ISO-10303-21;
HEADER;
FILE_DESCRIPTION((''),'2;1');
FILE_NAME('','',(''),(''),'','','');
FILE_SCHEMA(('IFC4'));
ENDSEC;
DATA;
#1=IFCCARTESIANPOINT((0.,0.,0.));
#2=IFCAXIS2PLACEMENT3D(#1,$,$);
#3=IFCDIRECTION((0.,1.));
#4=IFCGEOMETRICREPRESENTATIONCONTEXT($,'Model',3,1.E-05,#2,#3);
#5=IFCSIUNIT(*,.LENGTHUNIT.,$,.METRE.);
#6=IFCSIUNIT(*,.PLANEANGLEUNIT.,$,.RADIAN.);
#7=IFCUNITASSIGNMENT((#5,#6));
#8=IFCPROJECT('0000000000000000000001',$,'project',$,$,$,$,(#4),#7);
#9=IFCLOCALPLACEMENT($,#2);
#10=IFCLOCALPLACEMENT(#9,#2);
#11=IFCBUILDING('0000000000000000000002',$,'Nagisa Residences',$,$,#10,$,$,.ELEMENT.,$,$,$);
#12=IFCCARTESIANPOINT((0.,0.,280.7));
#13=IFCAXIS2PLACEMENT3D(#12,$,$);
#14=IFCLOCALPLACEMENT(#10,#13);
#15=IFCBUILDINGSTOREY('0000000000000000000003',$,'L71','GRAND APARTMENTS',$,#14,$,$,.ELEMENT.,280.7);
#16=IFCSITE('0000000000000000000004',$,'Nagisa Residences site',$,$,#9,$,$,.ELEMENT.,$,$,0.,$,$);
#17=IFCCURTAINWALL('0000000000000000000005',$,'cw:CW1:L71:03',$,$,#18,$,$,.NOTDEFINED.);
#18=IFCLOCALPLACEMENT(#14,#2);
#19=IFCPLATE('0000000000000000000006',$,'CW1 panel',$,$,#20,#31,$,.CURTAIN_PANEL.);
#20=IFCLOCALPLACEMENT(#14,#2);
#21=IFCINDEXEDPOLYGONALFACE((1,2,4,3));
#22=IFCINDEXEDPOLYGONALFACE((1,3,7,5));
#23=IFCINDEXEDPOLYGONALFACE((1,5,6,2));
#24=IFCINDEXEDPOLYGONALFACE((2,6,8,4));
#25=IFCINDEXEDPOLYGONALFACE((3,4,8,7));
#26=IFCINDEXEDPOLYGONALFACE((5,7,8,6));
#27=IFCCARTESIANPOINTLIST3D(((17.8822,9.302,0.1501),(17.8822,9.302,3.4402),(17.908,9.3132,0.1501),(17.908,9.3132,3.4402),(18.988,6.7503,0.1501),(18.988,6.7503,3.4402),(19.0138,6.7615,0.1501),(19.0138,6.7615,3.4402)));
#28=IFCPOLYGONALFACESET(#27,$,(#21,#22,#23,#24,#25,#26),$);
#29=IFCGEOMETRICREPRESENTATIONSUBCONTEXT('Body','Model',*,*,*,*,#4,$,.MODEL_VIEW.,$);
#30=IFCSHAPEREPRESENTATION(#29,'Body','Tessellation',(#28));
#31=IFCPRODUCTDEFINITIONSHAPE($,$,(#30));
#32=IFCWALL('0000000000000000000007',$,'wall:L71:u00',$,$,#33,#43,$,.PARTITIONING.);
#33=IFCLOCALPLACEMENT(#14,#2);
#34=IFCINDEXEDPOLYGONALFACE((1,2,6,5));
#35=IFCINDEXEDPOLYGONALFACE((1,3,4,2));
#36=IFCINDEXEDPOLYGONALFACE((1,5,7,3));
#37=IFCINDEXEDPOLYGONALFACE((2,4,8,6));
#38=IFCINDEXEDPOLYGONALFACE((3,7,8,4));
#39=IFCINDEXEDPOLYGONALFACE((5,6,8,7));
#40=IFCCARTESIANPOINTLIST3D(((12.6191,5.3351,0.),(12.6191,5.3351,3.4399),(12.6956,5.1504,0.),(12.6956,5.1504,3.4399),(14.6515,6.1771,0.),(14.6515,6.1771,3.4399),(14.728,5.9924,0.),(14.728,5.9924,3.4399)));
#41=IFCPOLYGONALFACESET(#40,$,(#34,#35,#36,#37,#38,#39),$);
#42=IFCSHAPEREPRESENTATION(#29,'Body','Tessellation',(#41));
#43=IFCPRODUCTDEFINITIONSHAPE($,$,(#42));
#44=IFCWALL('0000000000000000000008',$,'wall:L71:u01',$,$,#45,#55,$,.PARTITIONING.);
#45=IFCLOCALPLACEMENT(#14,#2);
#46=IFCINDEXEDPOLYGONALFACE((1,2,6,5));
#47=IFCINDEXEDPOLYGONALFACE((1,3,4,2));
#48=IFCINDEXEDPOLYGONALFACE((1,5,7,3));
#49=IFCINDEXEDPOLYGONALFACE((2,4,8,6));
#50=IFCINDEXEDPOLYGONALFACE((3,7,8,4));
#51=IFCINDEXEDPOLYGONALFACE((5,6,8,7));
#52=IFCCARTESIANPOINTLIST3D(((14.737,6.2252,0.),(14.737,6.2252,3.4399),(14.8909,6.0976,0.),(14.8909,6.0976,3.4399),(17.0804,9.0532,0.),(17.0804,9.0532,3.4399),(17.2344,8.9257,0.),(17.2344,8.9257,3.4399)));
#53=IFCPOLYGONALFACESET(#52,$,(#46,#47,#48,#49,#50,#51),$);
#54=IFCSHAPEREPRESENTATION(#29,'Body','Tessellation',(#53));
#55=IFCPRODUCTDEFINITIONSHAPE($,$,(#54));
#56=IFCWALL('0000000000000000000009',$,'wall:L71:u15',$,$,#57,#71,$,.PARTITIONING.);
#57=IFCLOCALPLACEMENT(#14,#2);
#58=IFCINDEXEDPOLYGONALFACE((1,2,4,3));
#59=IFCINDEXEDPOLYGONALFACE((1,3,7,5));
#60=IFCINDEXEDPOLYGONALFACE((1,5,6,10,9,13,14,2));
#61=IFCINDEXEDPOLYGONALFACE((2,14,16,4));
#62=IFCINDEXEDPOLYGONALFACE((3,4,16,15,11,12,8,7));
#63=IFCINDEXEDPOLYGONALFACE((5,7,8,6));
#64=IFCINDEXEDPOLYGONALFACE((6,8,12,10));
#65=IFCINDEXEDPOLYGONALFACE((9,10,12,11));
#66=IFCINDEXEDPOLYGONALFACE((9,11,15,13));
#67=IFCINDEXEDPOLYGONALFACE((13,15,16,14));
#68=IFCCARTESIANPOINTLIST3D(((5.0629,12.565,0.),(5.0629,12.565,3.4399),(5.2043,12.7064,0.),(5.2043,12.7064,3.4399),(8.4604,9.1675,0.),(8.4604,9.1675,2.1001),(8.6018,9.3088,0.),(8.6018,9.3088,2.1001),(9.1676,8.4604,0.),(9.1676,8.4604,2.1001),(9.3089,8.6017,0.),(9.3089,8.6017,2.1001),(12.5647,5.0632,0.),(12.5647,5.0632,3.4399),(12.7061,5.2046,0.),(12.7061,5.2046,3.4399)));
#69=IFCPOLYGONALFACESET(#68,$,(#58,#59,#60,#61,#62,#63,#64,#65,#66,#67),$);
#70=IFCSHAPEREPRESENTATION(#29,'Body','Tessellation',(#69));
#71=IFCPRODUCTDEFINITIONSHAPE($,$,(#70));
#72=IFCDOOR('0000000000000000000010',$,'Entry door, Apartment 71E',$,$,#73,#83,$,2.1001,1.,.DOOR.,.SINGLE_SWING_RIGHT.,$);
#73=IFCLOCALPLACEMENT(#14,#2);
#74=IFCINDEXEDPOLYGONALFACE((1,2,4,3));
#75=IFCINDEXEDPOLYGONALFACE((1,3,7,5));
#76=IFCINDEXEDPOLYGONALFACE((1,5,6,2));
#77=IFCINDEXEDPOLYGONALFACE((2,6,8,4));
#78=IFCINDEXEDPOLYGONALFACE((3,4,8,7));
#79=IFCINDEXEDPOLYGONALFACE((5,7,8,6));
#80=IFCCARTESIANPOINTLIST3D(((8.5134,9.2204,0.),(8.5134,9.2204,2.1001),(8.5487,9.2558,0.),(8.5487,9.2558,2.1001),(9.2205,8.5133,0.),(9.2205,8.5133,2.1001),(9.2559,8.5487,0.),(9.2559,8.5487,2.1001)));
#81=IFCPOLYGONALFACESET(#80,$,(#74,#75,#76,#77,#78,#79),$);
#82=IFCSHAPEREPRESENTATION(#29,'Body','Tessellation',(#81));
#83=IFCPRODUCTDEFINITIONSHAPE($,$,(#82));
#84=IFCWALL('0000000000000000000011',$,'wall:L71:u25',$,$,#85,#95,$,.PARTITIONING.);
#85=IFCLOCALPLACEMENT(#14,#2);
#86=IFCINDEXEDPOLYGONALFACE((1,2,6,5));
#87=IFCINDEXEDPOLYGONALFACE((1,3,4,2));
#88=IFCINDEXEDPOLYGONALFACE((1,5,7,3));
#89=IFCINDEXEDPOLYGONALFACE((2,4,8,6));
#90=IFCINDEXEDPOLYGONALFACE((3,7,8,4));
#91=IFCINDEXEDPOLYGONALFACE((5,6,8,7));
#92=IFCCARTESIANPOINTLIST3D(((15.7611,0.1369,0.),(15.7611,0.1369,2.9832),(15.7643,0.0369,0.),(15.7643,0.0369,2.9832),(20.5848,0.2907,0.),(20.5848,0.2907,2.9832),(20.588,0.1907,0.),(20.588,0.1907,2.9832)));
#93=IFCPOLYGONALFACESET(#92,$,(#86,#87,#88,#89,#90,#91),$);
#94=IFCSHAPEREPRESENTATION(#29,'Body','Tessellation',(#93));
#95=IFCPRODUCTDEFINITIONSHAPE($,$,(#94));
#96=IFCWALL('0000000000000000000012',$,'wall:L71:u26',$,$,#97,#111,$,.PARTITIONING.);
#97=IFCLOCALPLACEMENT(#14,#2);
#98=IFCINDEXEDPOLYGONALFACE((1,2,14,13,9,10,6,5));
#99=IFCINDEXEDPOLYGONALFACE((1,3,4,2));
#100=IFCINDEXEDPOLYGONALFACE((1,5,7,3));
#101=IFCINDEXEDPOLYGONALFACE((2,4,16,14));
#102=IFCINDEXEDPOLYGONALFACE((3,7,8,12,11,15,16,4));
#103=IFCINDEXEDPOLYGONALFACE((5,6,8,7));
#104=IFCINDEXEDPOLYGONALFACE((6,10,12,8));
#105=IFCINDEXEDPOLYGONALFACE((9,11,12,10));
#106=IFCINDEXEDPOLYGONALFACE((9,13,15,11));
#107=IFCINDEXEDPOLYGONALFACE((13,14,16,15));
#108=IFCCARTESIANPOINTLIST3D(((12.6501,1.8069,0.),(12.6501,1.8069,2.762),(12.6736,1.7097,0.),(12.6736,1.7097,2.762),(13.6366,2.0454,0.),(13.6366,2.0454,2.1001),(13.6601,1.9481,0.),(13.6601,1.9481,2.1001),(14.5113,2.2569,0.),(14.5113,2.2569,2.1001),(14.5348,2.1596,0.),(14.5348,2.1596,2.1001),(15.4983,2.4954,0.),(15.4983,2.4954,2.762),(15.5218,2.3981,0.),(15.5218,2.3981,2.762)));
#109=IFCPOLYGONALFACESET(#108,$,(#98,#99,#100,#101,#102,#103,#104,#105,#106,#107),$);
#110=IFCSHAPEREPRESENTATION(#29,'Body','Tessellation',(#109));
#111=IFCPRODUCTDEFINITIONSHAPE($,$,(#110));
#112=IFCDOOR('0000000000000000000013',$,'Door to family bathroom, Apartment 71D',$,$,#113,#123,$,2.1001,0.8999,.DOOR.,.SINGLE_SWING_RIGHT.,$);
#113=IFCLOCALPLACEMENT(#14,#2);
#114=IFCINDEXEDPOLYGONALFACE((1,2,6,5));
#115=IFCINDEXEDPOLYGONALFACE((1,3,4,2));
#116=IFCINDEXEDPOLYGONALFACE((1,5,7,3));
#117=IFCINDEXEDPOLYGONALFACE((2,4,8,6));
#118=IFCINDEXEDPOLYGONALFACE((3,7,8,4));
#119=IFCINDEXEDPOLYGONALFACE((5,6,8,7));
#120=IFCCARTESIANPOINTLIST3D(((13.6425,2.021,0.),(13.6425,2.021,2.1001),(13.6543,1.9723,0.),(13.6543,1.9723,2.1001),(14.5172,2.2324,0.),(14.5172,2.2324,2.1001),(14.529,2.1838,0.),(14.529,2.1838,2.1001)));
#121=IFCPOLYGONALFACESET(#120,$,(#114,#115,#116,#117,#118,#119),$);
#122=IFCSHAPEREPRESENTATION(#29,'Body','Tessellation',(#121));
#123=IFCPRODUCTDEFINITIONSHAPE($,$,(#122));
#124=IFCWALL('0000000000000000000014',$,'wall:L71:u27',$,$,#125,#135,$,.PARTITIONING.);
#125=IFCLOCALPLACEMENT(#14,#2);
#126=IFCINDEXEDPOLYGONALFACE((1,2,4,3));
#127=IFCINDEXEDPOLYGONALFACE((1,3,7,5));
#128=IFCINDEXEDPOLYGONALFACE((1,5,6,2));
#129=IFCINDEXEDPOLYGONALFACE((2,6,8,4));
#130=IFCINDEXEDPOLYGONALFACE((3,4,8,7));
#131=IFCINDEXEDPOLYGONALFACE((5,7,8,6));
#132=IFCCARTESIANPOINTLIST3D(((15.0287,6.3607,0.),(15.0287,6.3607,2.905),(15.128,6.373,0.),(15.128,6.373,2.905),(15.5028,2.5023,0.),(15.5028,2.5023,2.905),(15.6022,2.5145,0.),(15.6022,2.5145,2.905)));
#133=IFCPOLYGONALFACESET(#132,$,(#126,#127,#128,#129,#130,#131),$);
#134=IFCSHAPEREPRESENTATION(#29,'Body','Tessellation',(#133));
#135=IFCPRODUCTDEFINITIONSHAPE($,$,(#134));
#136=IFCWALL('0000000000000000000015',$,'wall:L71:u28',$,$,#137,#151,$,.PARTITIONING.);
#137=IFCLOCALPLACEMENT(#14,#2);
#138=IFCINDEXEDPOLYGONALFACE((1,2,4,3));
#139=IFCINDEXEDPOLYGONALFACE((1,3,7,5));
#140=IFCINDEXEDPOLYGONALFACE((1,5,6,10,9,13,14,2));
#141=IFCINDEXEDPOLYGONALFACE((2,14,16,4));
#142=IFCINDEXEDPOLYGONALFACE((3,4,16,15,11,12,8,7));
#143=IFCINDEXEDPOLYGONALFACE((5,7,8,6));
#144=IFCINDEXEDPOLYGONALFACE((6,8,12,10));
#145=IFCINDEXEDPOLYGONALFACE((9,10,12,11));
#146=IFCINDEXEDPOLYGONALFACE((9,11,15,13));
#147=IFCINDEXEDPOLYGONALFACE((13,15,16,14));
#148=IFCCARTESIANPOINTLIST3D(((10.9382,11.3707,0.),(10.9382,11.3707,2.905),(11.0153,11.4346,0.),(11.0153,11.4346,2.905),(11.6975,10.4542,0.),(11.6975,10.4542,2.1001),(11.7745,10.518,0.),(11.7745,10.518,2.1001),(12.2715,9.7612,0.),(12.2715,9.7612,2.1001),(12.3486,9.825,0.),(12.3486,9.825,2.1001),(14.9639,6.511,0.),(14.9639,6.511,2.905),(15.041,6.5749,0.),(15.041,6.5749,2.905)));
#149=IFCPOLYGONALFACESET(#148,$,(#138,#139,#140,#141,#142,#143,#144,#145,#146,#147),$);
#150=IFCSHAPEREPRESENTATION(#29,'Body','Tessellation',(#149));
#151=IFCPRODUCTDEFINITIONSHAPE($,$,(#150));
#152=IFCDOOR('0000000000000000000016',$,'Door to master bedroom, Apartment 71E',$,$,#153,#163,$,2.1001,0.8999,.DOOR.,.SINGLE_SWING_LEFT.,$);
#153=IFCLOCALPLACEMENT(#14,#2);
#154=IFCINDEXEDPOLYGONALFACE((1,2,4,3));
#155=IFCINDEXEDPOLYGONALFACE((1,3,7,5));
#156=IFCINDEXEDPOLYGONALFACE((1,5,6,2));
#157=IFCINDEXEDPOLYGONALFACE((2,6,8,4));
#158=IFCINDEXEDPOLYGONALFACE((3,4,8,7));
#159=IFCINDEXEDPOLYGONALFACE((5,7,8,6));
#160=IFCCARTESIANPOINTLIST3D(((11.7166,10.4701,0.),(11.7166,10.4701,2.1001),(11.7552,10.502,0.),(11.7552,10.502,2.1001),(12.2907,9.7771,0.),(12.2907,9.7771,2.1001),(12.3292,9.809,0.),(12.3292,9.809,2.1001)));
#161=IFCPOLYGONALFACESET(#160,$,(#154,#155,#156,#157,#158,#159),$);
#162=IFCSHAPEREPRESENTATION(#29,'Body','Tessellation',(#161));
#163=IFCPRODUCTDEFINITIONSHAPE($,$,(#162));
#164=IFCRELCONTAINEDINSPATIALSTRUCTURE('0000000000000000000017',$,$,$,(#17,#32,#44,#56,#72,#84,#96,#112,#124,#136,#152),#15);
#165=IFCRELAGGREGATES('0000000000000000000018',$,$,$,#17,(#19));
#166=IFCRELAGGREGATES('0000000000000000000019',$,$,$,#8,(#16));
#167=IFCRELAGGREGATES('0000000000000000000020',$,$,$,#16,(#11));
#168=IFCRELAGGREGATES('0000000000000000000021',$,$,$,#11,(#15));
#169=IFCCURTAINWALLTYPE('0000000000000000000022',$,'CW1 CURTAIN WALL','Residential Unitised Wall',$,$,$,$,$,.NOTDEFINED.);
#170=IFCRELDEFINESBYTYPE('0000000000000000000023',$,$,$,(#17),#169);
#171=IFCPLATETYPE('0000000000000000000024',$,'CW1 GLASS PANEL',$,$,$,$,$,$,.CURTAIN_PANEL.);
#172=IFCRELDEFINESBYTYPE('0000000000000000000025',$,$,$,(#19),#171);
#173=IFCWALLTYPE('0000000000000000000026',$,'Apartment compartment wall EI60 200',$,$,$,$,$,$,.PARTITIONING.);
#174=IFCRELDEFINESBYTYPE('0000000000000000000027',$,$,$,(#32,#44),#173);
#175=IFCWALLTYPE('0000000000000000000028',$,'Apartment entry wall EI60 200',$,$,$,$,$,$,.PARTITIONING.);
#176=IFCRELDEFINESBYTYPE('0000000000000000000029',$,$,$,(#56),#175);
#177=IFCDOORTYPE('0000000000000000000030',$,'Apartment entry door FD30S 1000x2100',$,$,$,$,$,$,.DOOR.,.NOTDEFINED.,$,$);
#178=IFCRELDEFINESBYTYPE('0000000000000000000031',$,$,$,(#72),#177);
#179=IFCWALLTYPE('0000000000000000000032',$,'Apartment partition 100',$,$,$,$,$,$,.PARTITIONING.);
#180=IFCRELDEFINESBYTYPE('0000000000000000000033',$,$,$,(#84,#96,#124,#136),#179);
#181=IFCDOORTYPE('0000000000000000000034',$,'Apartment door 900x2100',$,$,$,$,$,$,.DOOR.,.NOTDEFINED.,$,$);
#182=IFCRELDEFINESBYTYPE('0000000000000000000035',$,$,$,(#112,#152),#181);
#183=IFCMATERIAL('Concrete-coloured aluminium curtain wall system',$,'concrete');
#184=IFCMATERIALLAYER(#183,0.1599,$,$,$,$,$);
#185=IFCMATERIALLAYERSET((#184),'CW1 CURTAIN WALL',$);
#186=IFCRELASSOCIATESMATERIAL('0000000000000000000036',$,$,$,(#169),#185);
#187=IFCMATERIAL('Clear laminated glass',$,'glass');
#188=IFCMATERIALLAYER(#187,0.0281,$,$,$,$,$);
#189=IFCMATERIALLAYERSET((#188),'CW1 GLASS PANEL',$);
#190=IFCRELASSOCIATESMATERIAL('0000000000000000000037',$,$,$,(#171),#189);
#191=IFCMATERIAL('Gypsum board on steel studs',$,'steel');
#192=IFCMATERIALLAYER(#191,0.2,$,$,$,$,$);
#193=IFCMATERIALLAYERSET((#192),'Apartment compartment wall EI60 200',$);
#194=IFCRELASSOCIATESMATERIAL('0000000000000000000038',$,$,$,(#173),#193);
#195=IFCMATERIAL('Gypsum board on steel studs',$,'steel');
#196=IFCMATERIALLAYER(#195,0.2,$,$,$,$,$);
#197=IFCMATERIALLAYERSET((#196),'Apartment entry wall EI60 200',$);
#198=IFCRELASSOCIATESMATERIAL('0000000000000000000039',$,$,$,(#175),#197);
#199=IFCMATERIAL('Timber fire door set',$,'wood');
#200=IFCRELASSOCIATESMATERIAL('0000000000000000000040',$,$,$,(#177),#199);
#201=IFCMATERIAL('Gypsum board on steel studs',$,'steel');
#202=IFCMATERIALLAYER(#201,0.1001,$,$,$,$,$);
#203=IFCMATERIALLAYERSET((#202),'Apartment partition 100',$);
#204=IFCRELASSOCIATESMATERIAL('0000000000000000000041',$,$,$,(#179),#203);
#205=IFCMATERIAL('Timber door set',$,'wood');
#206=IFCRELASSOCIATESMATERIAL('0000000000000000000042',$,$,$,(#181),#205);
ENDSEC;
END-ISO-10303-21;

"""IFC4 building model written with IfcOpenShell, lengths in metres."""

from ifc_helpers import new_model, si_unit, direction, frame, frame_2d, origin, origin_2d, place, context, subcontext, project, spatial, rectangle, extrude, material, layer, layer_set, type_object, element, fill, aggregate, save


model = new_model("IFC4")

# Units and contexts
model_context = context("Model", 3, precision=1e-05, world=origin(), true_north=direction((0.0, 1.0)))
body_context = subcontext(model_context, "Body", "Model", "MODEL_VIEW")
ifc_project = project(units=[si_unit("LENGTHUNIT", "METRE"), si_unit("PLANEANGLEUNIT", "RADIAN")], contexts=[model_context])

# Site, building, storey
site_placement = place(None, origin())
site = spatial("IfcSite", under=ifc_project, at=site_placement, Name="Nagisa Residences site", CompositionType="ELEMENT", RefElevation=0.0)
building_placement = place(site_placement, origin())
building = spatial("IfcBuilding", under=site, at=building_placement, Name="Nagisa Residences", CompositionType="ELEMENT")
storey_placement = place(building_placement, frame((0.0, 0.0, 280.7)))
storey = spatial("IfcBuildingStorey", under=building, at=storey_placement, Name="L71", Description="GRAND APARTMENTS", CompositionType="ELEMENT", Elevation=280.7)

# Curtain wall
ifc_material_1 = material(Name="Concrete-coloured aluminium curtain wall system", Category="concrete")
ifc_layer_1 = layer(ifc_material_1, 0.1599)
ifc_layer_set_1 = layer_set([ifc_layer_1], Name="CW1 CURTAIN WALL")
curtain_wall_type = type_object("IfcCurtainWallType", Name="CW1 CURTAIN WALL", Description="Residential Unitised Wall", PredefinedType="NOTDEFINED", material=ifc_layer_set_1)
curtain_wall_1_placement = place(storey_placement, origin())
curtain_wall_1 = element("IfcCurtainWall", 1, at=curtain_wall_1_placement, inside=storey, type_object=curtain_wall_type, Name="cw:CW1:L71:03", PredefinedType="NOTDEFINED")

# Plate
ifc_material_2 = material(Name="Clear laminated glass", Category="glass")
ifc_layer_2 = layer(ifc_material_2, 0.0281)
ifc_layer_set_2 = layer_set([ifc_layer_2], Name="CW1 GLASS PANEL")
plate_type = type_object("IfcPlateType", Name="CW1 GLASS PANEL", PredefinedType="CURTAIN_PANEL", material=ifc_layer_set_2)
plate_1_placement = place(storey_placement, frame((18.448, 8.0317, 0.1501), z_axis=(0.0, 0.0, 1.0), x_axis=(-0.397636, 0.917543, 0.0)))
plate_1 = element("IfcPlate", 2, at=plate_1_placement, type_object=plate_type, Name="CW1 panel", PredefinedType="CURTAIN_PANEL", context=body_context, shape_type="SweptSolid", body=[
    extrude(rectangle(XDim=2.781, YDim=0.0281, at=origin_2d()), origin(), (0.0, 0.0, 1.0), 3.29),
])
aggregate(curtain_wall_1, [plate_1])

# Walls
ifc_material_3 = material(Name="Gypsum board on steel studs", Category="steel")
ifc_layer_3 = layer(ifc_material_3, 0.2)
ifc_layer_set_3 = layer_set([ifc_layer_3], Name="Apartment compartment wall EI60 200")
wall_type_1 = type_object("IfcWallType", Name="Apartment compartment wall EI60 200", PredefinedType="PARTITIONING", material=ifc_layer_set_3)
wall_1_placement = place(storey_placement, frame((12.6572, 5.2427, 0.0), z_axis=(0.0, 0.0, 1.0), x_axis=(0.923853, 0.382747, 0.0)))
element("IfcWall", 3, at=wall_1_placement, inside=storey, type_object=wall_type_1, Name="wall:L71:u00", PredefinedType="PARTITIONING", context=body_context, shape_type="SweptSolid", body=[
    extrude(rectangle(XDim=2.2, YDim=0.2, at=frame_2d((1.1001, 0.0))), origin(), (0.0, 0.0, 1.0), 3.4399),
])
wall_2_placement = place(storey_placement, frame((14.814, 6.1614, 0.0), z_axis=(0.0, 0.0, 1.0), x_axis=(0.638051, 0.769995, 0.0)))
element("IfcWall", 4, at=wall_2_placement, inside=storey, type_object=wall_type_1, Name="wall:L71:u01", PredefinedType="PARTITIONING", context=body_context, shape_type="SweptSolid", body=[
    extrude(rectangle(XDim=3.6729, YDim=0.2, at=frame_2d((1.8364, 0.0))), origin(), (0.0, 0.0, 1.0), 3.4399),
])

# Wall, opening, door
ifc_material_4 = material(Name="Gypsum board on steel studs", Category="steel")
ifc_layer_4 = layer(ifc_material_4, 0.2)
ifc_layer_set_4 = layer_set([ifc_layer_4], Name="Apartment entry wall EI60 200")
wall_type_2 = type_object("IfcWallType", Name="Apartment entry wall EI60 200", PredefinedType="PARTITIONING", material=ifc_layer_set_4)
wall_3_placement = place(storey_placement, frame((12.6355, 5.1338, 0.0), z_axis=(0.0, 0.0, 1.0), x_axis=(-0.707107, 0.707107, 0.0)))
wall_3 = element("IfcWall", 5, at=wall_3_placement, inside=storey, type_object=wall_type_2, Name="wall:L71:u15", PredefinedType="PARTITIONING", context=body_context, shape_type="SweptSolid", body=[
    extrude(rectangle(XDim=10.6091, YDim=0.2, at=frame_2d((5.3047, 0.0))), origin(), (0.0, 0.0, 1.0), 3.4399),
])
opening_1_placement = place(wall_3_placement, frame((4.8044, 0.0, 0.0)))
opening_1 = element("IfcOpeningElement", 6, at=opening_1_placement, cuts=wall_3, PredefinedType="OPENING", context=body_context, shape_type="SweptSolid", body=[
    extrude(rectangle(XDim=1.0, YDim=2.1001, at=frame_2d((0.5, 1.05))), frame((0.0, 0.1099, 0.0), z_axis=(0.0, -1.0, 0.0), x_axis=(1.0, 0.0, 0.0)), (0.0, 0.0, 1.0), 0.22),
])
ifc_material_5 = material(Name="Timber fire door set", Category="wood")
door_type_1 = type_object("IfcDoorType", Name="Apartment entry door FD30S 1000x2100", OperationType="NOTDEFINED", PredefinedType="DOOR", material=ifc_material_5)
door_1_placement = place(opening_1_placement, frame((1.0, 0.0, 0.0), x_axis=(-1.0, 0.0, 0.0)))
door_1 = element("IfcDoor", 7, at=door_1_placement, inside=storey, type_object=door_type_1, Name="Entry door, Apartment 71E", OperationType="SINGLE_SWING_RIGHT", OverallHeight=2.1001, OverallWidth=1.0, PredefinedType="DOOR", context=body_context, shape_type="SweptSolid", body=[
    extrude(rectangle(XDim=1.0, YDim=2.1001, at=frame_2d((0.5, 1.05))), frame((0.0, 0.0249, 0.0), z_axis=(0.0, -1.0, 0.0), x_axis=(1.0, 0.0, 0.0)), (0.0, 0.0, 1.0), 0.05),
])
fill(opening_1, door_1)

# Wall
ifc_material_6 = material(Name="Gypsum board on steel studs", Category="steel")
ifc_layer_5 = layer(ifc_material_6, 0.1001)
ifc_layer_set_5 = layer_set([ifc_layer_5], Name="Apartment partition 100")
wall_type_3 = type_object("IfcWallType", Name="Apartment partition 100", PredefinedType="PARTITIONING", material=ifc_layer_set_5)
wall_4_placement = place(storey_placement, frame((15.7627, 0.0869, 0.0), z_axis=(0.0, 0.0, 1.0), x_axis=(0.999492, 0.03187, 0.0)))
element("IfcWall", 8, at=wall_4_placement, inside=storey, type_object=wall_type_3, Name="wall:L71:u25", PredefinedType="PARTITIONING", context=body_context, shape_type="SweptSolid", body=[
    extrude(rectangle(XDim=4.8262, YDim=0.1001, at=frame_2d((2.4131, 0.0))), origin(), (0.0, 0.0, 1.0), 2.9832),
])

# Wall, opening, door
wall_5_placement = place(storey_placement, frame((12.6619, 1.7583, 0.0), z_axis=(0.0, 0.0, 1.0), x_axis=(0.972005, 0.234961, 0.0)))
wall_5 = element("IfcWall", 9, at=wall_5_placement, inside=storey, type_object=wall_type_3, Name="wall:L71:u26", PredefinedType="PARTITIONING", context=body_context, shape_type="SweptSolid", body=[
    extrude(rectangle(XDim=2.9302, YDim=0.1001, at=frame_2d((1.4651, 0.0))), origin(), (0.0, 0.0, 1.0), 2.762),
])
opening_2_placement = place(wall_5_placement, frame((1.0149, 0.0, 0.0)))
opening_2 = element("IfcOpeningElement", 10, at=opening_2_placement, cuts=wall_5, PredefinedType="OPENING", context=body_context, shape_type="SweptSolid", body=[
    extrude(rectangle(XDim=0.8999, YDim=2.1001, at=frame_2d((0.45, 1.05))), frame((0.0, 0.0601, 0.0), z_axis=(0.0, -1.0, 0.0), x_axis=(1.0, 0.0, 0.0)), (0.0, 0.0, 1.0), 0.1201),
])
ifc_material_7 = material(Name="Timber door set", Category="wood")
door_type_2 = type_object("IfcDoorType", Name="Apartment door 900x2100", OperationType="NOTDEFINED", PredefinedType="DOOR", material=ifc_material_7)
door_2_placement = place(opening_2_placement, origin())
door_2 = element("IfcDoor", 11, at=door_2_placement, inside=storey, type_object=door_type_2, Name="Door to family bathroom, Apartment 71D", OperationType="SINGLE_SWING_RIGHT", OverallHeight=2.1001, OverallWidth=0.8999, PredefinedType="DOOR", context=body_context, shape_type="SweptSolid", body=[
    extrude(rectangle(XDim=0.8999, YDim=2.1001, at=frame_2d((0.45, 1.05))), frame((0.0, 0.0249, 0.0), z_axis=(0.0, -1.0, 0.0), x_axis=(1.0, 0.0, 0.0)), (0.0, 0.0, 1.0), 0.05),
])
fill(opening_2, door_2)

# Wall
wall_6_placement = place(storey_placement, frame((15.5525, 2.5083, 0.0), z_axis=(0.0, 0.0, 1.0), x_axis=(-0.121963, 0.992535, 0.0)))
element("IfcWall", 12, at=wall_6_placement, inside=storey, type_object=wall_type_3, Name="wall:L71:u27", PredefinedType="PARTITIONING", context=body_context, shape_type="SweptSolid", body=[
    extrude(rectangle(XDim=3.8875, YDim=0.1001, at=frame_2d((1.9438, 0.0))), origin(), (0.0, 0.0, 1.0), 2.905),
])

# Wall, opening, door
wall_7_placement = place(storey_placement, frame((15.0024, 6.543, 0.0), z_axis=(0.0, 0.0, 1.0), x_axis=(-0.637933, 0.770092, 0.0)))
wall_7 = element("IfcWall", 13, at=wall_7_placement, inside=storey, type_object=wall_type_3, Name="wall:L71:u28", PredefinedType="PARTITIONING", context=body_context, shape_type="SweptSolid", body=[
    extrude(rectangle(XDim=6.3105, YDim=0.1001, at=frame_2d((3.1553, 0.0))), origin(), (0.0, 0.0, 1.0), 2.905),
])
opening_3_placement = place(wall_7_placement, frame((4.2205, 0.0, 0.0)))
opening_3 = element("IfcOpeningElement", 14, at=opening_3_placement, cuts=wall_7, PredefinedType="OPENING", context=body_context, shape_type="SweptSolid", body=[
    extrude(rectangle(XDim=0.8999, YDim=2.1001, at=frame_2d((0.45, 1.05))), frame((0.0, 0.0601, 0.0), z_axis=(0.0, -1.0, 0.0), x_axis=(1.0, 0.0, 0.0)), (0.0, 0.0, 1.0), 0.1201),
])
door_3_placement = place(opening_3_placement, frame((0.8999, 0.0, 0.0), x_axis=(-1.0, 0.0, 0.0)))
door_3 = element("IfcDoor", 15, at=door_3_placement, inside=storey, type_object=door_type_2, Name="Door to master bedroom, Apartment 71E", OperationType="SINGLE_SWING_LEFT", OverallHeight=2.1001, OverallWidth=0.8999, PredefinedType="DOOR", context=body_context, shape_type="SweptSolid", body=[
    extrude(rectangle(XDim=0.8999, YDim=2.1001, at=frame_2d((0.45, 1.05))), frame((0.0, 0.0249, 0.0), z_axis=(0.0, -1.0, 0.0), x_axis=(1.0, 0.0, 0.0)), (0.0, 0.0, 1.0), 0.05),
])
fill(opening_3, door_3)

save(model, "model.ifc")
